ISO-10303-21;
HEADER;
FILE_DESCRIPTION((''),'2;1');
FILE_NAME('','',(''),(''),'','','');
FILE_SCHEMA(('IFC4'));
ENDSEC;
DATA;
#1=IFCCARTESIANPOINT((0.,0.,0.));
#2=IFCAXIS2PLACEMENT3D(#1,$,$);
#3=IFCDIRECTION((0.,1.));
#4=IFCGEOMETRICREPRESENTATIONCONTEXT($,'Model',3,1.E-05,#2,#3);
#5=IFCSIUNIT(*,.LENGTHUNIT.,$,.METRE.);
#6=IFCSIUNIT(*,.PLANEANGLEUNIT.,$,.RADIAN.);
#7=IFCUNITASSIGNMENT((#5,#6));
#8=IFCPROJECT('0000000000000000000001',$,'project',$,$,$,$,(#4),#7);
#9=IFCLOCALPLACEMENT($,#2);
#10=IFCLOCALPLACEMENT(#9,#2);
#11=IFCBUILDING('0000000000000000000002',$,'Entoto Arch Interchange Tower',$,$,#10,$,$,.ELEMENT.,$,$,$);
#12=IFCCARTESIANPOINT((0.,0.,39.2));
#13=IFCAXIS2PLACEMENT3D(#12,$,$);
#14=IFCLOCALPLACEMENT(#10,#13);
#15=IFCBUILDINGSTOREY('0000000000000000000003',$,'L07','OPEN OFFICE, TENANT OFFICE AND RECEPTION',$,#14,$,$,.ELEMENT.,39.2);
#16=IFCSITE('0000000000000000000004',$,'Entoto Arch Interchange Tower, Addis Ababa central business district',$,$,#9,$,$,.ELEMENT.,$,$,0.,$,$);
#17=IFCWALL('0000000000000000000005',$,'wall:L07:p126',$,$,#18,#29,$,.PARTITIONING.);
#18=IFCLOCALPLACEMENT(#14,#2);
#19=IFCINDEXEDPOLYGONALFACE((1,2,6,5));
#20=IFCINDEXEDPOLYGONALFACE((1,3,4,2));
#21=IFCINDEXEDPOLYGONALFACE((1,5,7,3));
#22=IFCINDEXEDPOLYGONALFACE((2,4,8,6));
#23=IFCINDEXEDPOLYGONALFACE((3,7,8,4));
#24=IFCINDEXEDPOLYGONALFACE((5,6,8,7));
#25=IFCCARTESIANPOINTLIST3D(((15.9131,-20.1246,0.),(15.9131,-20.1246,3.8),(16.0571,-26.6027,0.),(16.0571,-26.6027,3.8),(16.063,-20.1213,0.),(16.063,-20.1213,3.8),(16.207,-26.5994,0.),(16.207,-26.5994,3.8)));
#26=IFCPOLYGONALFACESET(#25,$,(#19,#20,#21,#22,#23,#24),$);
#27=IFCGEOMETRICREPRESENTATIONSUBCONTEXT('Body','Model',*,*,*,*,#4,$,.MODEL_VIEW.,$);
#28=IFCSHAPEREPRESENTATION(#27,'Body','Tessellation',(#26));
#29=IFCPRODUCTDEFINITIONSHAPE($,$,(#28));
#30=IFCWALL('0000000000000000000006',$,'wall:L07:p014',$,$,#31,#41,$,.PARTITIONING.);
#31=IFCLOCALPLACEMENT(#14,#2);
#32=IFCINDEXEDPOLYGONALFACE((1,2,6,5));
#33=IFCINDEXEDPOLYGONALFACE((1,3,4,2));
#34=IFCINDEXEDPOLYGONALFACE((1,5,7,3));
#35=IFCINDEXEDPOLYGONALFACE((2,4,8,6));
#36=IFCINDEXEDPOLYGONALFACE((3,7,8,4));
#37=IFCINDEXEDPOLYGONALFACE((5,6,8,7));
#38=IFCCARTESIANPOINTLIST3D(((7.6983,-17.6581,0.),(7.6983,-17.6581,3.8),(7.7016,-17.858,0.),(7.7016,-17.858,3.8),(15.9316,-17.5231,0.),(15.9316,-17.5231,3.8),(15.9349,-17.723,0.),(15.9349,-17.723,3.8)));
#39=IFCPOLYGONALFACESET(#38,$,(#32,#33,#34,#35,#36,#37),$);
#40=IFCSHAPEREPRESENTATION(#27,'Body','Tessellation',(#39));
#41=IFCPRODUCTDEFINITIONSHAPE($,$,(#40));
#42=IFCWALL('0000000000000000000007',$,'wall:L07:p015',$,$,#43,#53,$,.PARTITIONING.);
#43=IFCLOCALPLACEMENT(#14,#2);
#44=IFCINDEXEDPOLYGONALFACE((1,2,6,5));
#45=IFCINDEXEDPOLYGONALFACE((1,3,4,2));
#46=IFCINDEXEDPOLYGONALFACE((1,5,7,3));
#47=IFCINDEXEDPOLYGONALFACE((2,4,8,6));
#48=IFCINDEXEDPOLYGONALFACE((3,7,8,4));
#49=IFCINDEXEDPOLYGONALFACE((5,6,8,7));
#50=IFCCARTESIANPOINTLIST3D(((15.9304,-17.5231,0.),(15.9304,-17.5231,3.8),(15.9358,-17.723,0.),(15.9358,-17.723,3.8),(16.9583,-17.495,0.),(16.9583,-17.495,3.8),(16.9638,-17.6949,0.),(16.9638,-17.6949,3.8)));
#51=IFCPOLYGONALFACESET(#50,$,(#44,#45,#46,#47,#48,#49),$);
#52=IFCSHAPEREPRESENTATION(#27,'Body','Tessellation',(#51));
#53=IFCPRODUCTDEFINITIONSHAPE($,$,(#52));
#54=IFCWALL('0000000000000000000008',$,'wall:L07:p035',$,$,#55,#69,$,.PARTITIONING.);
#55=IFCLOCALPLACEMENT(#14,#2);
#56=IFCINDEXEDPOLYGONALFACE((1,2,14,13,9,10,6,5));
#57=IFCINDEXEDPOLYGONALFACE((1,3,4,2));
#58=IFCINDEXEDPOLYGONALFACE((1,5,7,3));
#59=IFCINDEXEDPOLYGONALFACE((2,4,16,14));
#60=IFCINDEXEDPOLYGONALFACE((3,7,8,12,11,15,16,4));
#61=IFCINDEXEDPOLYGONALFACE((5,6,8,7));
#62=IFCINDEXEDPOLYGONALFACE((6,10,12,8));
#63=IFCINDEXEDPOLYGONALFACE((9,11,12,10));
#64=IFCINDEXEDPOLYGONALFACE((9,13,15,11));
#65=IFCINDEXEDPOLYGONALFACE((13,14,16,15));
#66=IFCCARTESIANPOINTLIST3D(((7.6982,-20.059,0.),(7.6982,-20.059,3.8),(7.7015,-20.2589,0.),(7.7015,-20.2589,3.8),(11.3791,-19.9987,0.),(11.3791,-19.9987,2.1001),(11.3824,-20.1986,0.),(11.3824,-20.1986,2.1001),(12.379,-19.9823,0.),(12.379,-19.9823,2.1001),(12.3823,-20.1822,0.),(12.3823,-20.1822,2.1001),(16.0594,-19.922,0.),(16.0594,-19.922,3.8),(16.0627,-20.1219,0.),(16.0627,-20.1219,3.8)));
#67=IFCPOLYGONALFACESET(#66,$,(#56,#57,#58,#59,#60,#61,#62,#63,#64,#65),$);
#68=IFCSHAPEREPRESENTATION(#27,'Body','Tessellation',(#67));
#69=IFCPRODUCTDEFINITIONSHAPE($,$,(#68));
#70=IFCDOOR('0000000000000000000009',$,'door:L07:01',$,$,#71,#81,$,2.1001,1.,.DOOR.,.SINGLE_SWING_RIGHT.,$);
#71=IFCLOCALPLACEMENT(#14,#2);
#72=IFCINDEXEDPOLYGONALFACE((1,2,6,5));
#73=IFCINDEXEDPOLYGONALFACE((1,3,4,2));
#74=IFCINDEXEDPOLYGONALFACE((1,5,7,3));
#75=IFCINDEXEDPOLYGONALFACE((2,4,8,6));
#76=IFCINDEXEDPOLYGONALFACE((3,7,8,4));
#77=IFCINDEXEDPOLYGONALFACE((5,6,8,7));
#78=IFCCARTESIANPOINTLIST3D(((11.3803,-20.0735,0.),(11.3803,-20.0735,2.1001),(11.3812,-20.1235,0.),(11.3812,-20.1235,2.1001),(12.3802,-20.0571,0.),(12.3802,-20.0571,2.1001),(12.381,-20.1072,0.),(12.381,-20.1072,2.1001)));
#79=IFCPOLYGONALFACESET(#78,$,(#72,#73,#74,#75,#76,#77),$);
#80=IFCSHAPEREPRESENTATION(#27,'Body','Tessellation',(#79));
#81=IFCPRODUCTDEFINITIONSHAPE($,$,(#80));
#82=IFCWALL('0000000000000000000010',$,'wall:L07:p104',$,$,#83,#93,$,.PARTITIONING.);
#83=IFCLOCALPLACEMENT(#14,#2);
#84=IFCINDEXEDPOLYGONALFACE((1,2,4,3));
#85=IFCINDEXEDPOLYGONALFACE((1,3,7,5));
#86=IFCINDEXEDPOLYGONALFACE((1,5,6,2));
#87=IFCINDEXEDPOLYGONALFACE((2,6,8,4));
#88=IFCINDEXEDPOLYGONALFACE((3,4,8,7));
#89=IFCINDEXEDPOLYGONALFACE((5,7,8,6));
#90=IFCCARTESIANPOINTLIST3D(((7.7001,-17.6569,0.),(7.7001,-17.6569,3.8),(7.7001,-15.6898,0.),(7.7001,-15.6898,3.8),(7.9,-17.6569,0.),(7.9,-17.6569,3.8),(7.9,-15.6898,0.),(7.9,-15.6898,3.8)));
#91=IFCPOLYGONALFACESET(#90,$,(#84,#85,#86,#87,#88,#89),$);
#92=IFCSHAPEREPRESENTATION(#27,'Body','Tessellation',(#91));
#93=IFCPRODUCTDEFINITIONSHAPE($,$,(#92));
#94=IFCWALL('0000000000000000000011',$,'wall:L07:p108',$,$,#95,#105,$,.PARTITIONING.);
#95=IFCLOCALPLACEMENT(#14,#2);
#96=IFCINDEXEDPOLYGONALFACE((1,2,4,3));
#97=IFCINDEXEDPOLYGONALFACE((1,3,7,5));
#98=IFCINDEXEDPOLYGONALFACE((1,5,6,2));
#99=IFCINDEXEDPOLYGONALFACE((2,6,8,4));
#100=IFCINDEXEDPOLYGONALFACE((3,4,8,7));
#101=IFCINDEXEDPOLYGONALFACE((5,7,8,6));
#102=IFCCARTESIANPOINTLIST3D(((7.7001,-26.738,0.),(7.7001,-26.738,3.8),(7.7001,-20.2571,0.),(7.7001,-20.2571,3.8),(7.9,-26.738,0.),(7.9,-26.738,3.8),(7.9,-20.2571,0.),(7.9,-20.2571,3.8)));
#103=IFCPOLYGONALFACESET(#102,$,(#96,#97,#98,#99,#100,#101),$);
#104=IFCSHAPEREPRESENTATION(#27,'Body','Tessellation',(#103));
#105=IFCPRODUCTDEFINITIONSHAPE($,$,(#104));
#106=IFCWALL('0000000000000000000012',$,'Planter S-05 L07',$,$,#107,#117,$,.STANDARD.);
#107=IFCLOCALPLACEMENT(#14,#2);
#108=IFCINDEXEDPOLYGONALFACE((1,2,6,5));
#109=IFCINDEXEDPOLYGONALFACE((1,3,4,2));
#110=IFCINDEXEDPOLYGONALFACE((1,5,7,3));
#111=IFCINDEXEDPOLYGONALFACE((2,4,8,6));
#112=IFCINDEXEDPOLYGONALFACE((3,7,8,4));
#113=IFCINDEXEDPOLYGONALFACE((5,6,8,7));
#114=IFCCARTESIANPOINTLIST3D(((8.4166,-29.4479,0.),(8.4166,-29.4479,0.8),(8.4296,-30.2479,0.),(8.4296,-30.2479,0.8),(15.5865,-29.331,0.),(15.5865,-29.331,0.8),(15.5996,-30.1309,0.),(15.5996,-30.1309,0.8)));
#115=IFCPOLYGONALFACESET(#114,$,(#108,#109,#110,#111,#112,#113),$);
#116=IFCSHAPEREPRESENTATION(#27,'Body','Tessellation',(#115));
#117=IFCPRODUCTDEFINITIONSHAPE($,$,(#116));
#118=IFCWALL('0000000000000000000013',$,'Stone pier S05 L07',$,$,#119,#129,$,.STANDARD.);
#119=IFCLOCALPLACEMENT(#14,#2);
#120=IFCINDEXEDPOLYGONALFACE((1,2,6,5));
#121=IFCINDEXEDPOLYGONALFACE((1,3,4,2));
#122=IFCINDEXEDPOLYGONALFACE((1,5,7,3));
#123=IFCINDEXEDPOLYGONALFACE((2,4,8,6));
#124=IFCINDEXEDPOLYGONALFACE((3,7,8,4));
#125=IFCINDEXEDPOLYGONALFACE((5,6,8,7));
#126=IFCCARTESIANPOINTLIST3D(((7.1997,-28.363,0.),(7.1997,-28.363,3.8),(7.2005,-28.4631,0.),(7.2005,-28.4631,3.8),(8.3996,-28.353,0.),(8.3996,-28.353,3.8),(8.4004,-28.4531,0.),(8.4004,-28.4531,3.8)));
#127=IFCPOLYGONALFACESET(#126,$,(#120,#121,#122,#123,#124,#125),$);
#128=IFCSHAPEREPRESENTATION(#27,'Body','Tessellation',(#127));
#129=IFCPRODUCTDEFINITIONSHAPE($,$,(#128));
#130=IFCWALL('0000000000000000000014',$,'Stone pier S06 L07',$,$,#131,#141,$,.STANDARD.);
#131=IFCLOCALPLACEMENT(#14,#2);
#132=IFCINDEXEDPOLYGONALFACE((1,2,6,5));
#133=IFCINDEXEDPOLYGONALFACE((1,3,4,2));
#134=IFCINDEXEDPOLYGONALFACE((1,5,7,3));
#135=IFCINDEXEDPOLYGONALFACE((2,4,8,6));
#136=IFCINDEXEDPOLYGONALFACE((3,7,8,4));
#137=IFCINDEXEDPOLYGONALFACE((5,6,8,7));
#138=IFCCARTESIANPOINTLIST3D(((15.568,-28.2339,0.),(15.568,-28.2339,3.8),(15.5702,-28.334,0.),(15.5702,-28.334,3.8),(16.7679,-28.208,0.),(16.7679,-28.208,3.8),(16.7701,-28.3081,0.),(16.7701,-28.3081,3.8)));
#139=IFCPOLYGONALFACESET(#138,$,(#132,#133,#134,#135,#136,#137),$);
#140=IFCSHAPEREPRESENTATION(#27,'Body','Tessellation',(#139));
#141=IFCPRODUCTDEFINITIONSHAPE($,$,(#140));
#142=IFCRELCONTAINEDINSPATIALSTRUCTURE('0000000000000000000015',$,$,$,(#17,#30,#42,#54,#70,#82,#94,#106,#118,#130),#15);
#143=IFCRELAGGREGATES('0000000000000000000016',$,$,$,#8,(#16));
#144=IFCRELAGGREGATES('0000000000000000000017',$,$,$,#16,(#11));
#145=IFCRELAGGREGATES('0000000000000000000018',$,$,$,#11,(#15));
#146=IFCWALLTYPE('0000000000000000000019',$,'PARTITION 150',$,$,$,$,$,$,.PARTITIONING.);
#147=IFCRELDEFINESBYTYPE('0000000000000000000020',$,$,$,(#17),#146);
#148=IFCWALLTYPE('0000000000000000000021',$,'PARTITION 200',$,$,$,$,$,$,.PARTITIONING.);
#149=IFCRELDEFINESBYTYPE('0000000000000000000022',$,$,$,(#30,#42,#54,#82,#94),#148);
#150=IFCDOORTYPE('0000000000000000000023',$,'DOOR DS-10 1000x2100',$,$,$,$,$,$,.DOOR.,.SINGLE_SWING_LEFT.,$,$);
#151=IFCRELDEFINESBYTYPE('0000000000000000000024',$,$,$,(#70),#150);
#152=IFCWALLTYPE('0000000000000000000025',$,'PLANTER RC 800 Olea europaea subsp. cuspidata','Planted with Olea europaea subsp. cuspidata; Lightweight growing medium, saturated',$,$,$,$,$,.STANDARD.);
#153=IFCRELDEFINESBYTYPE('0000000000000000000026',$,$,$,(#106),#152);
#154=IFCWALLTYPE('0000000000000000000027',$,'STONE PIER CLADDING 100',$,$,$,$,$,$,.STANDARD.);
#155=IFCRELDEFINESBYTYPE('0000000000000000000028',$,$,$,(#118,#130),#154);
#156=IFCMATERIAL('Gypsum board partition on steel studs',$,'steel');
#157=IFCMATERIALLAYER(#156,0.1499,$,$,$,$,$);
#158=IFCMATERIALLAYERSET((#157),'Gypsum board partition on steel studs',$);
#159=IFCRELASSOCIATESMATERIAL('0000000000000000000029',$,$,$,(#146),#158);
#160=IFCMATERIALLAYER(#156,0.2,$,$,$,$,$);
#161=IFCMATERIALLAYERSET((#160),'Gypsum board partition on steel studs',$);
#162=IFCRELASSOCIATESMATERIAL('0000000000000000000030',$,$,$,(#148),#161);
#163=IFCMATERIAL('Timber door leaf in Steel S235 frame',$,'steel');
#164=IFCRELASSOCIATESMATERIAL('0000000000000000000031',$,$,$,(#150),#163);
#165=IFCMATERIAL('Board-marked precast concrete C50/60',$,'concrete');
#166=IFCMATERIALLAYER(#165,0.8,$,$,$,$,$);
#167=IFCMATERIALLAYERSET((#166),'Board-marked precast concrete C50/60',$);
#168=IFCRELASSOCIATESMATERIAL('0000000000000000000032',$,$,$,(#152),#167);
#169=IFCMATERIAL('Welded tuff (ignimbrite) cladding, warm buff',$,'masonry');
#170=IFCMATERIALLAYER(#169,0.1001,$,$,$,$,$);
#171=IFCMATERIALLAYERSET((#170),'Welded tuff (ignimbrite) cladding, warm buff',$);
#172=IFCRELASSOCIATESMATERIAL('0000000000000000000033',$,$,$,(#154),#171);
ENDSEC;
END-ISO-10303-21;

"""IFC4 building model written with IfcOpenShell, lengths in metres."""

from ifc_helpers import new_model, si_unit, direction, frame, frame_2d, origin, place, context, subcontext, project, spatial, rectangle, extrude, material, layer, layer_set, type_object, element, fill, save


model = new_model("IFC4")

# Units and contexts
model_context = context("Model", 3, precision=1e-05, world=origin(), true_north=direction((0.0, 1.0)))
body_context = subcontext(model_context, "Body", "Model", "MODEL_VIEW")
ifc_project = project(units=[si_unit("LENGTHUNIT", "METRE"), si_unit("PLANEANGLEUNIT", "RADIAN")], contexts=[model_context])

# Site, building, storey
site_placement = place(None, origin())
site = spatial("IfcSite", under=ifc_project, at=site_placement, Name="Entoto Arch Interchange Tower, Addis Ababa central business district", CompositionType="ELEMENT", RefElevation=0.0)
building_placement = place(site_placement, origin())
building = spatial("IfcBuilding", under=site, at=building_placement, Name="Entoto Arch Interchange Tower", CompositionType="ELEMENT")
storey_placement = place(building_placement, frame((0.0, 0.0, 39.2)))
storey = spatial("IfcBuildingStorey", under=building, at=storey_placement, Name="L07", Description="OPEN OFFICE, TENANT OFFICE AND RECEPTION", CompositionType="ELEMENT", Elevation=39.2)

# Walls
ifc_material_1 = material(Name="Gypsum board partition on steel studs", Category="steel")
ifc_layer_1 = layer(ifc_material_1, 0.1499)
ifc_layer_set_1 = layer_set([ifc_layer_1], Name="Gypsum board partition on steel studs")
wall_type_1 = type_object("IfcWallType", Name="PARTITION 150", PredefinedType="PARTITIONING", material=ifc_layer_set_1)
wall_1_placement = place(storey_placement, frame((15.988, -20.123, 0.0), z_axis=(0.0, 0.0, 1.0), x_axis=(0.02223, -0.999753, 0.0)))
element("IfcWall", 1, at=wall_1_placement, inside=storey, type_object=wall_type_1, Name="wall:L07:p126", PredefinedType="PARTITIONING", context=body_context, shape_type="SweptSolid", body=[
    extrude(rectangle(XDim=6.4797, YDim=0.1499, at=frame_2d((3.2397, 0.0))), origin(), (0.0, 0.0, 1.0), 3.8),
])
ifc_layer_2 = layer(ifc_material_1, 0.2)
ifc_layer_set_2 = layer_set([ifc_layer_2], Name="Gypsum board partition on steel studs")
wall_type_2 = type_object("IfcWallType", Name="PARTITION 200", PredefinedType="PARTITIONING", material=ifc_layer_set_2)
wall_2_placement = place(storey_placement, frame((7.7, -17.7581, 0.0), z_axis=(0.0, 0.0, 1.0), x_axis=(0.999866, 0.016396, 0.0)))
element("IfcWall", 2, at=wall_2_placement, inside=storey, type_object=wall_type_2, Name="wall:L07:p014", PredefinedType="PARTITIONING", context=body_context, shape_type="SweptSolid", body=[
    extrude(rectangle(XDim=8.2344, YDim=0.2, at=frame_2d((4.1172, 0.0))), origin(), (0.0, 0.0, 1.0), 3.8),
])
wall_3_placement = place(storey_placement, frame((15.9331, -17.623, 0.0), z_axis=(0.0, 0.0, 1.0), x_axis=(0.999627, 0.027306, 0.0)))
element("IfcWall", 3, at=wall_3_placement, inside=storey, type_object=wall_type_2, Name="wall:L07:p015", PredefinedType="PARTITIONING", context=body_context, shape_type="SweptSolid", body=[
    extrude(rectangle(XDim=1.0283, YDim=0.2, at=frame_2d((0.5142, 0.0))), origin(), (0.0, 0.0, 1.0), 3.8),
])

# Wall, opening, door
wall_4_placement = place(storey_placement, frame((16.061, -20.022, 0.0), z_axis=(0.0, 0.0, 1.0), x_axis=(-0.999866, -0.016379, 0.0)))
wall_4 = element("IfcWall", 4, at=wall_4_placement, inside=storey, type_object=wall_type_2, Name="wall:L07:p035", PredefinedType="PARTITIONING", context=body_context, shape_type="SweptSolid", body=[
    extrude(rectangle(XDim=8.3623, YDim=0.2, at=frame_2d((4.1812, 0.0))), origin(), (0.0, 0.0, 1.0), 3.8),
])
opening_1_placement = place(wall_4_placement, frame((3.6809, 0.0, 0.0)))
opening_1 = element("IfcOpeningElement", 5, at=opening_1_placement, cuts=wall_4, PredefinedType="OPENING", context=body_context, shape_type="SweptSolid", body=[
    extrude(rectangle(XDim=1.0, YDim=2.1001, at=frame_2d((0.5, 1.05))), frame((0.0, 0.1099, 0.0), z_axis=(0.0, -1.0, 0.0), x_axis=(1.0, 0.0, 0.0)), (0.0, 0.0, 1.0), 0.22),
])
ifc_material_2 = material(Name="Timber door leaf in Steel S235 frame", Category="steel")
door_type_1 = type_object("IfcDoorType", Name="DOOR DS-10 1000x2100", OperationType="SINGLE_SWING_LEFT", PredefinedType="DOOR", material=ifc_material_2)
door_1_placement = place(opening_1_placement, origin())
door_1 = element("IfcDoor", 6, at=door_1_placement, inside=storey, type_object=door_type_1, Name="door:L07:01", OperationType="SINGLE_SWING_RIGHT", OverallHeight=2.1001, OverallWidth=1.0, PredefinedType="DOOR", context=body_context, shape_type="SweptSolid", body=[
    extrude(rectangle(XDim=1.0, YDim=2.1001, at=frame_2d((0.5, 1.05))), frame((0.0, 0.0249, 0.0), z_axis=(0.0, -1.0, 0.0), x_axis=(1.0, 0.0, 0.0)), (0.0, 0.0, 1.0), 0.05),
])
fill(opening_1, door_1)

# Walls
wall_5_placement = place(storey_placement, frame((7.8, -15.6899, 0.0), z_axis=(0.0, 0.0, 1.0), x_axis=(0.0, -1.0, 0.0)))
element("IfcWall", 7, at=wall_5_placement, inside=storey, type_object=wall_type_2, Name="wall:L07:p104", PredefinedType="PARTITIONING", context=body_context, shape_type="SweptSolid", body=[
    extrude(rectangle(XDim=1.967, YDim=0.2, at=frame_2d((0.9834, 0.0))), origin(), (0.0, 0.0, 1.0), 3.8),
])
wall_6_placement = place(storey_placement, frame((7.8, -20.2571, 0.0), z_axis=(0.0, 0.0, 1.0), x_axis=(0.0, -1.0, 0.0)))
element("IfcWall", 8, at=wall_6_placement, inside=storey, type_object=wall_type_2, Name="wall:L07:p108", PredefinedType="PARTITIONING", context=body_context, shape_type="SweptSolid", body=[
    extrude(rectangle(XDim=6.481, YDim=0.2, at=frame_2d((3.2405, 0.0))), origin(), (0.0, 0.0, 1.0), 3.8),
])
ifc_material_3 = material(Name="Board-marked precast concrete C50/60", Category="concrete")
ifc_layer_3 = layer(ifc_material_3, 0.8)
ifc_layer_set_3 = layer_set([ifc_layer_3], Name="Board-marked precast concrete C50/60")
wall_type_3 = type_object("IfcWallType", Name="PLANTER RC 800 Olea europaea subsp. cuspidata", Description="Planted with Olea europaea subsp. cuspidata; Lightweight growing medium, saturated", PredefinedType="STANDARD", material=ifc_layer_set_3)
wall_7_placement = place(storey_placement, frame((8.4231, -29.8479, 0.0), z_axis=(0.0, 0.0, 1.0), x_axis=(0.999867, 0.016308, 0.0)))
element("IfcWall", 9, at=wall_7_placement, inside=storey, type_object=wall_type_3, Name="Planter S-05 L07", PredefinedType="STANDARD", context=body_context, shape_type="SweptSolid", body=[
    extrude(rectangle(XDim=7.1709, YDim=0.8, at=frame_2d((3.5854, 0.0))), origin(), (0.0, 0.0, 1.0), 0.8),
])

# Shared definitions
ifc_material_4 = material(Name="Welded tuff (ignimbrite) cladding, warm buff", Category="masonry")

# Walls
ifc_layer_4 = layer(ifc_material_4, 0.1001)
ifc_layer_set_4 = layer_set([ifc_layer_4], Name="Welded tuff (ignimbrite) cladding, warm buff")
wall_type_4 = type_object("IfcWallType", Name="STONE PIER CLADDING 100", PredefinedType="STANDARD", material=ifc_layer_set_4)
wall_8_placement = place(storey_placement, frame((7.2, -28.4131, 0.0), z_axis=(0.0, 0.0, 1.0), x_axis=(0.999965, 0.008342, 0.0)))
element("IfcWall", 10, at=wall_8_placement, inside=storey, type_object=wall_type_4, Name="Stone pier S05 L07", PredefinedType="STANDARD", context=body_context, shape_type="SweptSolid", body=[
    extrude(rectangle(XDim=1.2, YDim=0.1001, at=frame_2d((0.6001, 0.0))), origin(), (0.0, 0.0, 1.0), 3.8),
])
wall_9_placement = place(storey_placement, frame((15.5691, -28.2839, 0.0), z_axis=(0.0, 0.0, 1.0), x_axis=(0.999768, 0.021562, 0.0)))
element("IfcWall", 11, at=wall_9_placement, inside=storey, type_object=wall_type_4, Name="Stone pier S06 L07", PredefinedType="STANDARD", context=body_context, shape_type="SweptSolid", body=[
    extrude(rectangle(XDim=1.2002, YDim=0.1001, at=frame_2d((0.6001, 0.0))), origin(), (0.0, 0.0, 1.0), 3.8),
])

save(model, "model.ifc")
